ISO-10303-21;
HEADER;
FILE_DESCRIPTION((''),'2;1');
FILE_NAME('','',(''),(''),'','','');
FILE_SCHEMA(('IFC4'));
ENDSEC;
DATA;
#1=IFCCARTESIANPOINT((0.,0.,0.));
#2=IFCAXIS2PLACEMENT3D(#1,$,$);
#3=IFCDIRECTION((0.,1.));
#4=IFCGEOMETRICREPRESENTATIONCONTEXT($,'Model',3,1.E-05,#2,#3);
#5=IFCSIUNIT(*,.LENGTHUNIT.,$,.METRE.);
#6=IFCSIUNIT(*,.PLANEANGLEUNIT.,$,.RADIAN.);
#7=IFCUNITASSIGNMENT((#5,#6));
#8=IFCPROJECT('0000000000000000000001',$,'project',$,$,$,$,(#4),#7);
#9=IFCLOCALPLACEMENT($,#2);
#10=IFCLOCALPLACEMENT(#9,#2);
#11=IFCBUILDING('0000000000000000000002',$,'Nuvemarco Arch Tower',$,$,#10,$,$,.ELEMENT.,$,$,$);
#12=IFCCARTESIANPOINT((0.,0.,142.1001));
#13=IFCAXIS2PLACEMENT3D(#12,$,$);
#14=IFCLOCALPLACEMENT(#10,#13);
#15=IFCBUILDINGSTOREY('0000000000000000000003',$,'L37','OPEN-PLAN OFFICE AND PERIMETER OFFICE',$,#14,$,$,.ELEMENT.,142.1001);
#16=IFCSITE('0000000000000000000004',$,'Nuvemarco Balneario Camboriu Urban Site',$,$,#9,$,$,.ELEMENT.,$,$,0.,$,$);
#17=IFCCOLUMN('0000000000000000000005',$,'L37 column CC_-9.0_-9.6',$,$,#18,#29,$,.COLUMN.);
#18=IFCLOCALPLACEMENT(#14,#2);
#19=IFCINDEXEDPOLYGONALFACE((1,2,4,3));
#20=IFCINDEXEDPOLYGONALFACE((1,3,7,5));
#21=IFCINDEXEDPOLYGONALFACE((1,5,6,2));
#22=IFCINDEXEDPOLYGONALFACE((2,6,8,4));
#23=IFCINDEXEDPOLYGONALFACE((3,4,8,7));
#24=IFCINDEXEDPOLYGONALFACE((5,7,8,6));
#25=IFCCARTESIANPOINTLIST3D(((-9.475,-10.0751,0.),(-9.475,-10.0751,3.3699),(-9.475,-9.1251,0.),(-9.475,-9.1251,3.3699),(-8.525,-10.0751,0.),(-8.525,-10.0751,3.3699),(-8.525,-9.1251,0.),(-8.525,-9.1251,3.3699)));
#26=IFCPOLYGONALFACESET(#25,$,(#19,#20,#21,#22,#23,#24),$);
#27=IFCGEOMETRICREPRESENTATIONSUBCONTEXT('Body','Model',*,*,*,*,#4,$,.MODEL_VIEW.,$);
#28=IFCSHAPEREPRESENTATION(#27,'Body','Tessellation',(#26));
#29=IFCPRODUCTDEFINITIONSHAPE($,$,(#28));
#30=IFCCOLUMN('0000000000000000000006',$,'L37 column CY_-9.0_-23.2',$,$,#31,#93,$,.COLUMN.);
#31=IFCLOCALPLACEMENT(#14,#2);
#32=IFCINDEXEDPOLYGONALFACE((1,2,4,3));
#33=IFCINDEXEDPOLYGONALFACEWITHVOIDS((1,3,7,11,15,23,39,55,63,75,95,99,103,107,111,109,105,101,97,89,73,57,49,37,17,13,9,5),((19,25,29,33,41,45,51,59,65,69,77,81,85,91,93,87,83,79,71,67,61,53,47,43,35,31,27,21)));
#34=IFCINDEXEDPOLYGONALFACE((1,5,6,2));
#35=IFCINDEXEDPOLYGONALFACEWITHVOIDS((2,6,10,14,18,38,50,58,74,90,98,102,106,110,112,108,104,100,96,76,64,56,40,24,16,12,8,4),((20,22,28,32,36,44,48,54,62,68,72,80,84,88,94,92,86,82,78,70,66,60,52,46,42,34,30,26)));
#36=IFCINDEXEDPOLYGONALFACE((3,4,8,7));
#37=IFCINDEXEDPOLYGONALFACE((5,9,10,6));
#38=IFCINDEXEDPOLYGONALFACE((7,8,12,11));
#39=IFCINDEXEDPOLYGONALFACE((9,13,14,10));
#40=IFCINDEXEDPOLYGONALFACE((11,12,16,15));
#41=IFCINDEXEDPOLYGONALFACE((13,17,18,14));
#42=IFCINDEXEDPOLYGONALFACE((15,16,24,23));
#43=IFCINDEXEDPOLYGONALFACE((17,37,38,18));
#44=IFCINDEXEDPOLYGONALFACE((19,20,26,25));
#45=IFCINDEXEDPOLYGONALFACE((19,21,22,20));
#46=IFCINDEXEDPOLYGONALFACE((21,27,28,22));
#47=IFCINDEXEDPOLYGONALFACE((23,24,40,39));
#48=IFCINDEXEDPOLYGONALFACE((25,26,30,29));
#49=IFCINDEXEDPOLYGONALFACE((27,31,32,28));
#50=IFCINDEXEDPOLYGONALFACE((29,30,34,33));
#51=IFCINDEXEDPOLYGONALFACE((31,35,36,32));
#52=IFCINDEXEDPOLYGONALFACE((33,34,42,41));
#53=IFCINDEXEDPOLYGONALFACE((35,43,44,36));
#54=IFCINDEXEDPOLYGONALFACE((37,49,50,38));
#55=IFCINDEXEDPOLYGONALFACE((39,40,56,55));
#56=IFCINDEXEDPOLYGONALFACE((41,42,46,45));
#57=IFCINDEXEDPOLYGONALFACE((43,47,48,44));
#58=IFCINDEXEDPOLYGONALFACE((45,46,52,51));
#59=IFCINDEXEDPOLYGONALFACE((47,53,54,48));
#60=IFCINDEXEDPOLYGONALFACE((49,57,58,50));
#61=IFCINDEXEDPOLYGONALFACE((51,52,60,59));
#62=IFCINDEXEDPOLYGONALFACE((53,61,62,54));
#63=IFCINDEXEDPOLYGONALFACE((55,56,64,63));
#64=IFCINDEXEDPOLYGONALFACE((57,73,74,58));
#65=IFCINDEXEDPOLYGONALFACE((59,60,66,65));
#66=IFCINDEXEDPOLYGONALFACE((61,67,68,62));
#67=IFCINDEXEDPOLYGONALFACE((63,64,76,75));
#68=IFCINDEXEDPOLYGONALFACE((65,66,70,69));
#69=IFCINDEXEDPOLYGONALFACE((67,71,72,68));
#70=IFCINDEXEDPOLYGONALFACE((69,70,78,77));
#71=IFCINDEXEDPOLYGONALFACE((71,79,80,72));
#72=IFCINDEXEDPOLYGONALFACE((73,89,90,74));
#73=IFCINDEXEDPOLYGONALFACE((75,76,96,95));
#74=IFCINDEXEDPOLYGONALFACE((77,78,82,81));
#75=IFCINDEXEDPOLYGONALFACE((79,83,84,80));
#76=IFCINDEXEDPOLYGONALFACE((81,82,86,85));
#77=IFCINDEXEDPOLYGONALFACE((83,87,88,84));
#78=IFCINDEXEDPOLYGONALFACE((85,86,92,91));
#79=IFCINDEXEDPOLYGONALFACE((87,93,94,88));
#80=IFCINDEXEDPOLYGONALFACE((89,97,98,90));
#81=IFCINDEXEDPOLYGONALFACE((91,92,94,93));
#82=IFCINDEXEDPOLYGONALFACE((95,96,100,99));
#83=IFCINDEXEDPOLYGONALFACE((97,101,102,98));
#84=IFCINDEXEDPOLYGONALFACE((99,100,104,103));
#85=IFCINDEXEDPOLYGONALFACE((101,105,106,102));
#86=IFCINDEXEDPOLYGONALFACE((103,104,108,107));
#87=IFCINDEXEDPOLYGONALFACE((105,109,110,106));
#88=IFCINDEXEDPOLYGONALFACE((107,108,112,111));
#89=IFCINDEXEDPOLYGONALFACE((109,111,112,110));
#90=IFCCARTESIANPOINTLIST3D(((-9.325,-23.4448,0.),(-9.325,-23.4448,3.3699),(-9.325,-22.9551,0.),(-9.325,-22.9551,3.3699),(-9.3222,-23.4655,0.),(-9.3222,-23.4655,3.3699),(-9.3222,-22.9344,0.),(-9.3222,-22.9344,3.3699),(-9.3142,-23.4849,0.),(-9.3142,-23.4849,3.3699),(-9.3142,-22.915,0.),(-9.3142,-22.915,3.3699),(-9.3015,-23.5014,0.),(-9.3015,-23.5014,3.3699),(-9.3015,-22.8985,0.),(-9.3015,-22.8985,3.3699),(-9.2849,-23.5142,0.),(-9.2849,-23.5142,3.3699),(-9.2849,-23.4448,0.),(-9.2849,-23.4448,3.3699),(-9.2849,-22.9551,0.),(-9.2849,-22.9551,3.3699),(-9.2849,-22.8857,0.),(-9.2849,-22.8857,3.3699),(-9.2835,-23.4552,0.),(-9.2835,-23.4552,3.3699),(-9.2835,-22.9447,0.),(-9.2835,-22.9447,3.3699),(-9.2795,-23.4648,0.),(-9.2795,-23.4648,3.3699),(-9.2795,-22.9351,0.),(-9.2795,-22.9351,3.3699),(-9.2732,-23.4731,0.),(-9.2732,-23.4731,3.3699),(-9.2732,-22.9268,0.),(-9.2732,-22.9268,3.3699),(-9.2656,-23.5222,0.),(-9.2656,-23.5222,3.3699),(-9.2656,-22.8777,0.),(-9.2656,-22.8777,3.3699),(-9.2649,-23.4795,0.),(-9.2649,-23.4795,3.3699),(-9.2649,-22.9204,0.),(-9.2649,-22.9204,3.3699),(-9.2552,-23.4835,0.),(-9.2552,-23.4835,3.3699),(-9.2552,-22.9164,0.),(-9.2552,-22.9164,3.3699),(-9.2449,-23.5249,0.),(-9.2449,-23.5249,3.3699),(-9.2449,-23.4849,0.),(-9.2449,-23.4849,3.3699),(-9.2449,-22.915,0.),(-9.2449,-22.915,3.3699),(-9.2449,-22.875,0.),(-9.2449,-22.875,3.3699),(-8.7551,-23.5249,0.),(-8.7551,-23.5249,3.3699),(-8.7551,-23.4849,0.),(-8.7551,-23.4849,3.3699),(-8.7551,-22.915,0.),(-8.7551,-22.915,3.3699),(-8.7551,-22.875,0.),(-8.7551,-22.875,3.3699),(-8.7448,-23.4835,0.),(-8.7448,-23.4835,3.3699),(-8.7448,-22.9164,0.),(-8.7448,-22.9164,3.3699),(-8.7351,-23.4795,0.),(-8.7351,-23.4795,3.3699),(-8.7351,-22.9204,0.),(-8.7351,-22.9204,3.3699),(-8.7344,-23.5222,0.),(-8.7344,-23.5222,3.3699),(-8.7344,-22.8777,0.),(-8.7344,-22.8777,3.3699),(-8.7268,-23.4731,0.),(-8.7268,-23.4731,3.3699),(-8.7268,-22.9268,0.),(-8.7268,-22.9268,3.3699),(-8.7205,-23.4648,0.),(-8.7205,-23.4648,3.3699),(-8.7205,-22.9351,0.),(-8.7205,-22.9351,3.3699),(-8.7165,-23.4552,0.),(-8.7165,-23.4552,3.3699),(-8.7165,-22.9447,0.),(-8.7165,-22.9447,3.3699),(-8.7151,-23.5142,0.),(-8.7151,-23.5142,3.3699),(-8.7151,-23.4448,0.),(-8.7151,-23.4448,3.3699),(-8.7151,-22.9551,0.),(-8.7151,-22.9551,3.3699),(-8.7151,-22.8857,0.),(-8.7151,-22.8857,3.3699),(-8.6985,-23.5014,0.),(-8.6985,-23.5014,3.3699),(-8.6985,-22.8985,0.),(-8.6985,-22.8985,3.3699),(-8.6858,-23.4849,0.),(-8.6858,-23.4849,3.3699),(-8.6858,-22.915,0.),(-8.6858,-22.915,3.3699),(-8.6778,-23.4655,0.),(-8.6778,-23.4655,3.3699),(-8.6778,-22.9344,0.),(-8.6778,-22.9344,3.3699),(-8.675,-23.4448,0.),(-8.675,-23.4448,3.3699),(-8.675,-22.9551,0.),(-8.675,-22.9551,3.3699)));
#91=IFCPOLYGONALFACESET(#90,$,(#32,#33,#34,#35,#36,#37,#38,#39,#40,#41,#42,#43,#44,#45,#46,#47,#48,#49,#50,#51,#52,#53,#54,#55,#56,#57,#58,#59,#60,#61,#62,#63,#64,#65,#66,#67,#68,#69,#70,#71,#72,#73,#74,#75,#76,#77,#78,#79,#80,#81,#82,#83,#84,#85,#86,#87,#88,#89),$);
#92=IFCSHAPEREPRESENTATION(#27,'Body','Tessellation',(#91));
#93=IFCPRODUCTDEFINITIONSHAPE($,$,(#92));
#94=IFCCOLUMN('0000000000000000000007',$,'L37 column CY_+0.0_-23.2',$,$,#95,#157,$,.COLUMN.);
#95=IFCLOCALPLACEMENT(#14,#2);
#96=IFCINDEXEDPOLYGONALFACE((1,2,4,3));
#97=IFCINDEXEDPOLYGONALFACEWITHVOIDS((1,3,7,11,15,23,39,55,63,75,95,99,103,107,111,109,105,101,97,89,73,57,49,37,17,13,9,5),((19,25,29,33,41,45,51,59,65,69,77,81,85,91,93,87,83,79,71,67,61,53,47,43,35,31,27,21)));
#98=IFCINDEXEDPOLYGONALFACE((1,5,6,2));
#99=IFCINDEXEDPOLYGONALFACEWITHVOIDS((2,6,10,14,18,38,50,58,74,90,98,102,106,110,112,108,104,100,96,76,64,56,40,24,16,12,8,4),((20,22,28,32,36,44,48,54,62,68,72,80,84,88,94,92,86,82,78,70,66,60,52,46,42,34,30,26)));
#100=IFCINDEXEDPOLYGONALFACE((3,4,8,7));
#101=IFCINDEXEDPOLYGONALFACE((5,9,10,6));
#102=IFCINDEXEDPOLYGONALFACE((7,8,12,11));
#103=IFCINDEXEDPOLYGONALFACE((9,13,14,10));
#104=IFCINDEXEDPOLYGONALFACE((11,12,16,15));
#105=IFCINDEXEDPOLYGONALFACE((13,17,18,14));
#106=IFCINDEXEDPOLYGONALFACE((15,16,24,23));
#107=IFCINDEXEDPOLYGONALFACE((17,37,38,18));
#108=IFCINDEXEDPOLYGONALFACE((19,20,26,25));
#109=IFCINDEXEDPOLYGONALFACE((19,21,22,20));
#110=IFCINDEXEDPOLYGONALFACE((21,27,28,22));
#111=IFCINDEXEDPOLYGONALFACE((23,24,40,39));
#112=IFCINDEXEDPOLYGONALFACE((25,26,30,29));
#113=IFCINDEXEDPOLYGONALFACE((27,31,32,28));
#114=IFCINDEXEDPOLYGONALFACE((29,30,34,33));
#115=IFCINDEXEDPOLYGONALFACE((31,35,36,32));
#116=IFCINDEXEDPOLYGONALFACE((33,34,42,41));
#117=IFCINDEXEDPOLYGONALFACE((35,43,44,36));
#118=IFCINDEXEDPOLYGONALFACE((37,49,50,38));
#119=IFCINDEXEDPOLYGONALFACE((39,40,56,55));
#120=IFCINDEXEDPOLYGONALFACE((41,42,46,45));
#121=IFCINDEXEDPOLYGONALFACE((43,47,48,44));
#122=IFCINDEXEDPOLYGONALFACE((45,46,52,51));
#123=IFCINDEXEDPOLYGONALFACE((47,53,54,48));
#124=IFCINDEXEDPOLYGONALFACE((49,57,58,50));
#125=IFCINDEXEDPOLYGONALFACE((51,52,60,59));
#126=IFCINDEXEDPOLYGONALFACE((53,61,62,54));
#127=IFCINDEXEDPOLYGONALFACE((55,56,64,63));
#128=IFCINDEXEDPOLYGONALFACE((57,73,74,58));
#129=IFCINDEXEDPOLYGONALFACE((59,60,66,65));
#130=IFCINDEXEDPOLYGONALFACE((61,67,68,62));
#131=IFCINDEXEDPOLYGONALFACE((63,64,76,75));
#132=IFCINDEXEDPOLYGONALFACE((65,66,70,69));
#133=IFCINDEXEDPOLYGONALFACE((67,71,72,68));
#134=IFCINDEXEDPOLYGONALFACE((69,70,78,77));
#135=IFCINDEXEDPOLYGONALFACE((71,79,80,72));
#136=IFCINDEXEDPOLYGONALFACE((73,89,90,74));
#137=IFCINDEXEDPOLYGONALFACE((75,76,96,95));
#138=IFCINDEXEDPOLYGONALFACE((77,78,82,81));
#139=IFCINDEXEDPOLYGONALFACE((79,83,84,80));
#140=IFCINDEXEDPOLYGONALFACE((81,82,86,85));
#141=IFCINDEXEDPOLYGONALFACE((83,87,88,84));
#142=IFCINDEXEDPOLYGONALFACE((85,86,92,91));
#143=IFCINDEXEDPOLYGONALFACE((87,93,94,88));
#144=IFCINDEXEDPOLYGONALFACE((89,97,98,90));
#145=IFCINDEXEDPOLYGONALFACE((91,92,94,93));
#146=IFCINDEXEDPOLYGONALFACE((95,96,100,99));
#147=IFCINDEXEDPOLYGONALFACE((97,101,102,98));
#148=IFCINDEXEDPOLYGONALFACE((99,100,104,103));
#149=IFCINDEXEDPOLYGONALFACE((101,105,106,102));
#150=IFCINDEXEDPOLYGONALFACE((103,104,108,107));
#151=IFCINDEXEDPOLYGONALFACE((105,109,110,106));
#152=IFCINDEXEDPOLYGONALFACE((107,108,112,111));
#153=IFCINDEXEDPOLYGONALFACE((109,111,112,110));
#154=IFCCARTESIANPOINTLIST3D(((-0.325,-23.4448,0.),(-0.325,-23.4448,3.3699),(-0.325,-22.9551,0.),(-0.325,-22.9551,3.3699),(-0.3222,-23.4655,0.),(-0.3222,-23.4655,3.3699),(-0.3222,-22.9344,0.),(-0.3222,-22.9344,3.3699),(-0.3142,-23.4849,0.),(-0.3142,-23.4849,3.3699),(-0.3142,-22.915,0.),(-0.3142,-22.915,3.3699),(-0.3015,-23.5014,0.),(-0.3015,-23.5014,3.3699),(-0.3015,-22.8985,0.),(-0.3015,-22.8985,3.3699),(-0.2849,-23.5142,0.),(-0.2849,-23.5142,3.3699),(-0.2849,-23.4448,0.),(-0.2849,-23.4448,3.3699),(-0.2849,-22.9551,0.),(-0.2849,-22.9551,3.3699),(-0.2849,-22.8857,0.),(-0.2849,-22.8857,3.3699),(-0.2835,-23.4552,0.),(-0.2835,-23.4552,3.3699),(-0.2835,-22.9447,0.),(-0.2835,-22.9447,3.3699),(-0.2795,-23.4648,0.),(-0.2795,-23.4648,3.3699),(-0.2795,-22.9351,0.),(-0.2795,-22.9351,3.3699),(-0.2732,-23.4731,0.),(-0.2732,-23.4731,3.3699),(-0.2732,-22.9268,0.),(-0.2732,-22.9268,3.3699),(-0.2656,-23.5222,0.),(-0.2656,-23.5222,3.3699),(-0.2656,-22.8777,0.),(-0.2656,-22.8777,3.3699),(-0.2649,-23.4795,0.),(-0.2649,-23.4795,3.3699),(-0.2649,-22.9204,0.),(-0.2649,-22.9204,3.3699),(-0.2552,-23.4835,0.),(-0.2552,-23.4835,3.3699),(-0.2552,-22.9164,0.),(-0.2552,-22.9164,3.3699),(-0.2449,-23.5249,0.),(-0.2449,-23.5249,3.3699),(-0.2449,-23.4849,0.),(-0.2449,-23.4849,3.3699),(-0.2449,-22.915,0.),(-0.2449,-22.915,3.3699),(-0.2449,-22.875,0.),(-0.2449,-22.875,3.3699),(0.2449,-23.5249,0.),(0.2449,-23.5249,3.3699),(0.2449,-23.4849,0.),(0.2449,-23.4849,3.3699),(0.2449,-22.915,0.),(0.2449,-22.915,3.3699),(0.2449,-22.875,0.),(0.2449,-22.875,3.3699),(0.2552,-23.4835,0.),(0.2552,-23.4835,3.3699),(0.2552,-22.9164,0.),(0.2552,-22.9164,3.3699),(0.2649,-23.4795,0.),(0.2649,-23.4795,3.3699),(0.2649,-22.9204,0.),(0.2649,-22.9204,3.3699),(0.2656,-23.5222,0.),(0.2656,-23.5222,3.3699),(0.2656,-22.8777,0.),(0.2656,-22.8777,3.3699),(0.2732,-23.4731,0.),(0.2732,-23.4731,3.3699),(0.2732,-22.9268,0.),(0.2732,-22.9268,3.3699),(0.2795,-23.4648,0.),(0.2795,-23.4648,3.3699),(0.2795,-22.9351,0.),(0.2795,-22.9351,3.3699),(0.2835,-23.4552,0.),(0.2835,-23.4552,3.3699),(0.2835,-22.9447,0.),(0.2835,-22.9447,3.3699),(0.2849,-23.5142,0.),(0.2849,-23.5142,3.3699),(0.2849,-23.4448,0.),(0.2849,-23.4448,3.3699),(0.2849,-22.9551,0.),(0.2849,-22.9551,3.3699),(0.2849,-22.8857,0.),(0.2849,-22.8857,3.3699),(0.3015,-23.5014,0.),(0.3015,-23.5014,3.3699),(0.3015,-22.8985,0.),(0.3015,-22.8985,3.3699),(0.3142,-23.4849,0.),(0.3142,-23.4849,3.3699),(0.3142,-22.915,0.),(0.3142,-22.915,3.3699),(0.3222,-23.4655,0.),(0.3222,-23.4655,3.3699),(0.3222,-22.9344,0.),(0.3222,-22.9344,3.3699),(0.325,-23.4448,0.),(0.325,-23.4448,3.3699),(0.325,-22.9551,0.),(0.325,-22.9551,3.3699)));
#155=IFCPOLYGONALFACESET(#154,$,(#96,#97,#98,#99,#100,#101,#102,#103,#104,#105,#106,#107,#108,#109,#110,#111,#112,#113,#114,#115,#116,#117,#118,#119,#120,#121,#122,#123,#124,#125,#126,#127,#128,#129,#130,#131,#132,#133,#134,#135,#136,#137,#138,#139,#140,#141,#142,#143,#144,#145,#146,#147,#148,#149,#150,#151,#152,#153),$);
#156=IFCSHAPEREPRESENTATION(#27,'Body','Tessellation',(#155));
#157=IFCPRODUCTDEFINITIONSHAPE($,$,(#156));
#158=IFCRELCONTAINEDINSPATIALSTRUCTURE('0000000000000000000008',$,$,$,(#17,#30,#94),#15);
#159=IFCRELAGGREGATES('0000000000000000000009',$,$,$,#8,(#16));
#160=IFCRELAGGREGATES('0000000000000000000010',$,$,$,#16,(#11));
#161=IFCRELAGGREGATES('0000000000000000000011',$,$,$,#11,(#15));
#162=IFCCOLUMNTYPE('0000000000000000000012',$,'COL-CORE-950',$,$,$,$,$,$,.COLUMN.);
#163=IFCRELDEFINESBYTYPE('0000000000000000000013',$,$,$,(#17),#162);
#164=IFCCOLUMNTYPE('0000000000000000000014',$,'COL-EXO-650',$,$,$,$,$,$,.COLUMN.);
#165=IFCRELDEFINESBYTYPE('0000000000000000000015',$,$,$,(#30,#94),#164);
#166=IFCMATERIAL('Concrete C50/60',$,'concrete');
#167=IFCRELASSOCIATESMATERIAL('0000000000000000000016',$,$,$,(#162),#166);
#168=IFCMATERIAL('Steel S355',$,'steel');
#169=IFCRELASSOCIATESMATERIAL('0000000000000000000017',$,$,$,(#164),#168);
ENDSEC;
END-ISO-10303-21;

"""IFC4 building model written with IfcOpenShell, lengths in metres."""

from ifc_helpers import new_model, si_unit, direction, frame, origin, origin_2d, place, context, subcontext, project, spatial, rectangle, hollow_rectangle, extrude, material, material_profile, profile_set, type_object, element, save


model = new_model("IFC4")

# Units and contexts
model_context = context("Model", 3, precision=1e-05, world=origin(), true_north=direction((0.0, 1.0)))
body_context = subcontext(model_context, "Body", "Model", "MODEL_VIEW")
ifc_project = project(units=[si_unit("LENGTHUNIT", "METRE"), si_unit("PLANEANGLEUNIT", "RADIAN")], contexts=[model_context])

# Site, building, storey
site_placement = place(None, origin())
site = spatial("IfcSite", under=ifc_project, at=site_placement, Name="Nuvemarco Balneario Camboriu Urban Site", CompositionType="ELEMENT", RefElevation=0.0)
building_placement = place(site_placement, origin())
building = spatial("IfcBuilding", under=site, at=building_placement, Name="Nuvemarco Arch Tower", CompositionType="ELEMENT")
storey_placement = place(building_placement, frame((0.0, 0.0, 142.1001)))
storey = spatial("IfcBuildingStorey", under=building, at=storey_placement, Name="L37", Description="OPEN-PLAN OFFICE AND PERIMETER OFFICE", CompositionType="ELEMENT", Elevation=142.1001)

# Columns
ifc_material_1 = material(Name="Concrete C50/60", Category="concrete")
ifc_material_profile_1 = material_profile(ifc_material_1, rectangle(XDim=0.95, YDim=0.95, at=origin_2d()), Name="RC-COL-950x950")
ifc_profile_set_1 = profile_set([ifc_material_profile_1], Name="Concrete C50/60")
column_type_1 = type_object("IfcColumnType", Name="COL-CORE-950", PredefinedType="COLUMN", material=ifc_profile_set_1)
column_placement = place(storey_placement, frame((-9.0, -9.6001, 0.0), z_axis=(0.0, 0.0, 1.0), x_axis=(1.0, 0.0, 0.0)))
element("IfcColumn", 1, at=column_placement, inside=storey, type_object=column_type_1, Name="L37 column CC_-9.0_-9.6", PredefinedType="COLUMN", context=body_context, shape_type="SweptSolid", body=[
    extrude(rectangle(XDim=0.95, YDim=0.95, at=origin_2d()), origin(), (0.0, 0.0, 1.0), 3.3699),
])
ifc_material_2 = material(Name="Steel S355", Category="steel")
ifc_material_profile_2 = material_profile(ifc_material_2, hollow_rectangle(XDim=0.6499, YDim=0.6499, WallThickness=0.04, InnerFilletRadius=0.04, OuterFilletRadius=0.0801, at=origin_2d()), Name="SHS650x650x40")
ifc_profile_set_2 = profile_set([ifc_material_profile_2], Name="Steel S355")
column_type_2 = type_object("IfcColumnType", Name="COL-EXO-650", PredefinedType="COLUMN", material=ifc_profile_set_2)
for number, where, z_axis, x_axis, name in (
    (2, (-9.0, -23.2, 0.0), (0.0, 0.0, 1.0), (1.0, 0.0, 0.0), "L37 column CY_-9.0_-23.2"),
    (3, (0.0, -23.2, 0.0), (0.0, 0.0, 1.0), (1.0, 0.0, 0.0), "L37 column CY_+0.0_-23.2"),
):
    element("IfcColumn", number, at=place(storey_placement, frame(where, z_axis=z_axis, x_axis=x_axis)), inside=storey, type_object=column_type_2, Name=name, PredefinedType="COLUMN", context=body_context, shape_type="SweptSolid", body=[
        extrude(hollow_rectangle(XDim=0.6499, YDim=0.6499, WallThickness=0.04, InnerFilletRadius=0.04, OuterFilletRadius=0.0801, at=origin_2d()), origin(), (0.0, 0.0, 1.0), 3.3699),
    ])

save(model, "model.ifc")
